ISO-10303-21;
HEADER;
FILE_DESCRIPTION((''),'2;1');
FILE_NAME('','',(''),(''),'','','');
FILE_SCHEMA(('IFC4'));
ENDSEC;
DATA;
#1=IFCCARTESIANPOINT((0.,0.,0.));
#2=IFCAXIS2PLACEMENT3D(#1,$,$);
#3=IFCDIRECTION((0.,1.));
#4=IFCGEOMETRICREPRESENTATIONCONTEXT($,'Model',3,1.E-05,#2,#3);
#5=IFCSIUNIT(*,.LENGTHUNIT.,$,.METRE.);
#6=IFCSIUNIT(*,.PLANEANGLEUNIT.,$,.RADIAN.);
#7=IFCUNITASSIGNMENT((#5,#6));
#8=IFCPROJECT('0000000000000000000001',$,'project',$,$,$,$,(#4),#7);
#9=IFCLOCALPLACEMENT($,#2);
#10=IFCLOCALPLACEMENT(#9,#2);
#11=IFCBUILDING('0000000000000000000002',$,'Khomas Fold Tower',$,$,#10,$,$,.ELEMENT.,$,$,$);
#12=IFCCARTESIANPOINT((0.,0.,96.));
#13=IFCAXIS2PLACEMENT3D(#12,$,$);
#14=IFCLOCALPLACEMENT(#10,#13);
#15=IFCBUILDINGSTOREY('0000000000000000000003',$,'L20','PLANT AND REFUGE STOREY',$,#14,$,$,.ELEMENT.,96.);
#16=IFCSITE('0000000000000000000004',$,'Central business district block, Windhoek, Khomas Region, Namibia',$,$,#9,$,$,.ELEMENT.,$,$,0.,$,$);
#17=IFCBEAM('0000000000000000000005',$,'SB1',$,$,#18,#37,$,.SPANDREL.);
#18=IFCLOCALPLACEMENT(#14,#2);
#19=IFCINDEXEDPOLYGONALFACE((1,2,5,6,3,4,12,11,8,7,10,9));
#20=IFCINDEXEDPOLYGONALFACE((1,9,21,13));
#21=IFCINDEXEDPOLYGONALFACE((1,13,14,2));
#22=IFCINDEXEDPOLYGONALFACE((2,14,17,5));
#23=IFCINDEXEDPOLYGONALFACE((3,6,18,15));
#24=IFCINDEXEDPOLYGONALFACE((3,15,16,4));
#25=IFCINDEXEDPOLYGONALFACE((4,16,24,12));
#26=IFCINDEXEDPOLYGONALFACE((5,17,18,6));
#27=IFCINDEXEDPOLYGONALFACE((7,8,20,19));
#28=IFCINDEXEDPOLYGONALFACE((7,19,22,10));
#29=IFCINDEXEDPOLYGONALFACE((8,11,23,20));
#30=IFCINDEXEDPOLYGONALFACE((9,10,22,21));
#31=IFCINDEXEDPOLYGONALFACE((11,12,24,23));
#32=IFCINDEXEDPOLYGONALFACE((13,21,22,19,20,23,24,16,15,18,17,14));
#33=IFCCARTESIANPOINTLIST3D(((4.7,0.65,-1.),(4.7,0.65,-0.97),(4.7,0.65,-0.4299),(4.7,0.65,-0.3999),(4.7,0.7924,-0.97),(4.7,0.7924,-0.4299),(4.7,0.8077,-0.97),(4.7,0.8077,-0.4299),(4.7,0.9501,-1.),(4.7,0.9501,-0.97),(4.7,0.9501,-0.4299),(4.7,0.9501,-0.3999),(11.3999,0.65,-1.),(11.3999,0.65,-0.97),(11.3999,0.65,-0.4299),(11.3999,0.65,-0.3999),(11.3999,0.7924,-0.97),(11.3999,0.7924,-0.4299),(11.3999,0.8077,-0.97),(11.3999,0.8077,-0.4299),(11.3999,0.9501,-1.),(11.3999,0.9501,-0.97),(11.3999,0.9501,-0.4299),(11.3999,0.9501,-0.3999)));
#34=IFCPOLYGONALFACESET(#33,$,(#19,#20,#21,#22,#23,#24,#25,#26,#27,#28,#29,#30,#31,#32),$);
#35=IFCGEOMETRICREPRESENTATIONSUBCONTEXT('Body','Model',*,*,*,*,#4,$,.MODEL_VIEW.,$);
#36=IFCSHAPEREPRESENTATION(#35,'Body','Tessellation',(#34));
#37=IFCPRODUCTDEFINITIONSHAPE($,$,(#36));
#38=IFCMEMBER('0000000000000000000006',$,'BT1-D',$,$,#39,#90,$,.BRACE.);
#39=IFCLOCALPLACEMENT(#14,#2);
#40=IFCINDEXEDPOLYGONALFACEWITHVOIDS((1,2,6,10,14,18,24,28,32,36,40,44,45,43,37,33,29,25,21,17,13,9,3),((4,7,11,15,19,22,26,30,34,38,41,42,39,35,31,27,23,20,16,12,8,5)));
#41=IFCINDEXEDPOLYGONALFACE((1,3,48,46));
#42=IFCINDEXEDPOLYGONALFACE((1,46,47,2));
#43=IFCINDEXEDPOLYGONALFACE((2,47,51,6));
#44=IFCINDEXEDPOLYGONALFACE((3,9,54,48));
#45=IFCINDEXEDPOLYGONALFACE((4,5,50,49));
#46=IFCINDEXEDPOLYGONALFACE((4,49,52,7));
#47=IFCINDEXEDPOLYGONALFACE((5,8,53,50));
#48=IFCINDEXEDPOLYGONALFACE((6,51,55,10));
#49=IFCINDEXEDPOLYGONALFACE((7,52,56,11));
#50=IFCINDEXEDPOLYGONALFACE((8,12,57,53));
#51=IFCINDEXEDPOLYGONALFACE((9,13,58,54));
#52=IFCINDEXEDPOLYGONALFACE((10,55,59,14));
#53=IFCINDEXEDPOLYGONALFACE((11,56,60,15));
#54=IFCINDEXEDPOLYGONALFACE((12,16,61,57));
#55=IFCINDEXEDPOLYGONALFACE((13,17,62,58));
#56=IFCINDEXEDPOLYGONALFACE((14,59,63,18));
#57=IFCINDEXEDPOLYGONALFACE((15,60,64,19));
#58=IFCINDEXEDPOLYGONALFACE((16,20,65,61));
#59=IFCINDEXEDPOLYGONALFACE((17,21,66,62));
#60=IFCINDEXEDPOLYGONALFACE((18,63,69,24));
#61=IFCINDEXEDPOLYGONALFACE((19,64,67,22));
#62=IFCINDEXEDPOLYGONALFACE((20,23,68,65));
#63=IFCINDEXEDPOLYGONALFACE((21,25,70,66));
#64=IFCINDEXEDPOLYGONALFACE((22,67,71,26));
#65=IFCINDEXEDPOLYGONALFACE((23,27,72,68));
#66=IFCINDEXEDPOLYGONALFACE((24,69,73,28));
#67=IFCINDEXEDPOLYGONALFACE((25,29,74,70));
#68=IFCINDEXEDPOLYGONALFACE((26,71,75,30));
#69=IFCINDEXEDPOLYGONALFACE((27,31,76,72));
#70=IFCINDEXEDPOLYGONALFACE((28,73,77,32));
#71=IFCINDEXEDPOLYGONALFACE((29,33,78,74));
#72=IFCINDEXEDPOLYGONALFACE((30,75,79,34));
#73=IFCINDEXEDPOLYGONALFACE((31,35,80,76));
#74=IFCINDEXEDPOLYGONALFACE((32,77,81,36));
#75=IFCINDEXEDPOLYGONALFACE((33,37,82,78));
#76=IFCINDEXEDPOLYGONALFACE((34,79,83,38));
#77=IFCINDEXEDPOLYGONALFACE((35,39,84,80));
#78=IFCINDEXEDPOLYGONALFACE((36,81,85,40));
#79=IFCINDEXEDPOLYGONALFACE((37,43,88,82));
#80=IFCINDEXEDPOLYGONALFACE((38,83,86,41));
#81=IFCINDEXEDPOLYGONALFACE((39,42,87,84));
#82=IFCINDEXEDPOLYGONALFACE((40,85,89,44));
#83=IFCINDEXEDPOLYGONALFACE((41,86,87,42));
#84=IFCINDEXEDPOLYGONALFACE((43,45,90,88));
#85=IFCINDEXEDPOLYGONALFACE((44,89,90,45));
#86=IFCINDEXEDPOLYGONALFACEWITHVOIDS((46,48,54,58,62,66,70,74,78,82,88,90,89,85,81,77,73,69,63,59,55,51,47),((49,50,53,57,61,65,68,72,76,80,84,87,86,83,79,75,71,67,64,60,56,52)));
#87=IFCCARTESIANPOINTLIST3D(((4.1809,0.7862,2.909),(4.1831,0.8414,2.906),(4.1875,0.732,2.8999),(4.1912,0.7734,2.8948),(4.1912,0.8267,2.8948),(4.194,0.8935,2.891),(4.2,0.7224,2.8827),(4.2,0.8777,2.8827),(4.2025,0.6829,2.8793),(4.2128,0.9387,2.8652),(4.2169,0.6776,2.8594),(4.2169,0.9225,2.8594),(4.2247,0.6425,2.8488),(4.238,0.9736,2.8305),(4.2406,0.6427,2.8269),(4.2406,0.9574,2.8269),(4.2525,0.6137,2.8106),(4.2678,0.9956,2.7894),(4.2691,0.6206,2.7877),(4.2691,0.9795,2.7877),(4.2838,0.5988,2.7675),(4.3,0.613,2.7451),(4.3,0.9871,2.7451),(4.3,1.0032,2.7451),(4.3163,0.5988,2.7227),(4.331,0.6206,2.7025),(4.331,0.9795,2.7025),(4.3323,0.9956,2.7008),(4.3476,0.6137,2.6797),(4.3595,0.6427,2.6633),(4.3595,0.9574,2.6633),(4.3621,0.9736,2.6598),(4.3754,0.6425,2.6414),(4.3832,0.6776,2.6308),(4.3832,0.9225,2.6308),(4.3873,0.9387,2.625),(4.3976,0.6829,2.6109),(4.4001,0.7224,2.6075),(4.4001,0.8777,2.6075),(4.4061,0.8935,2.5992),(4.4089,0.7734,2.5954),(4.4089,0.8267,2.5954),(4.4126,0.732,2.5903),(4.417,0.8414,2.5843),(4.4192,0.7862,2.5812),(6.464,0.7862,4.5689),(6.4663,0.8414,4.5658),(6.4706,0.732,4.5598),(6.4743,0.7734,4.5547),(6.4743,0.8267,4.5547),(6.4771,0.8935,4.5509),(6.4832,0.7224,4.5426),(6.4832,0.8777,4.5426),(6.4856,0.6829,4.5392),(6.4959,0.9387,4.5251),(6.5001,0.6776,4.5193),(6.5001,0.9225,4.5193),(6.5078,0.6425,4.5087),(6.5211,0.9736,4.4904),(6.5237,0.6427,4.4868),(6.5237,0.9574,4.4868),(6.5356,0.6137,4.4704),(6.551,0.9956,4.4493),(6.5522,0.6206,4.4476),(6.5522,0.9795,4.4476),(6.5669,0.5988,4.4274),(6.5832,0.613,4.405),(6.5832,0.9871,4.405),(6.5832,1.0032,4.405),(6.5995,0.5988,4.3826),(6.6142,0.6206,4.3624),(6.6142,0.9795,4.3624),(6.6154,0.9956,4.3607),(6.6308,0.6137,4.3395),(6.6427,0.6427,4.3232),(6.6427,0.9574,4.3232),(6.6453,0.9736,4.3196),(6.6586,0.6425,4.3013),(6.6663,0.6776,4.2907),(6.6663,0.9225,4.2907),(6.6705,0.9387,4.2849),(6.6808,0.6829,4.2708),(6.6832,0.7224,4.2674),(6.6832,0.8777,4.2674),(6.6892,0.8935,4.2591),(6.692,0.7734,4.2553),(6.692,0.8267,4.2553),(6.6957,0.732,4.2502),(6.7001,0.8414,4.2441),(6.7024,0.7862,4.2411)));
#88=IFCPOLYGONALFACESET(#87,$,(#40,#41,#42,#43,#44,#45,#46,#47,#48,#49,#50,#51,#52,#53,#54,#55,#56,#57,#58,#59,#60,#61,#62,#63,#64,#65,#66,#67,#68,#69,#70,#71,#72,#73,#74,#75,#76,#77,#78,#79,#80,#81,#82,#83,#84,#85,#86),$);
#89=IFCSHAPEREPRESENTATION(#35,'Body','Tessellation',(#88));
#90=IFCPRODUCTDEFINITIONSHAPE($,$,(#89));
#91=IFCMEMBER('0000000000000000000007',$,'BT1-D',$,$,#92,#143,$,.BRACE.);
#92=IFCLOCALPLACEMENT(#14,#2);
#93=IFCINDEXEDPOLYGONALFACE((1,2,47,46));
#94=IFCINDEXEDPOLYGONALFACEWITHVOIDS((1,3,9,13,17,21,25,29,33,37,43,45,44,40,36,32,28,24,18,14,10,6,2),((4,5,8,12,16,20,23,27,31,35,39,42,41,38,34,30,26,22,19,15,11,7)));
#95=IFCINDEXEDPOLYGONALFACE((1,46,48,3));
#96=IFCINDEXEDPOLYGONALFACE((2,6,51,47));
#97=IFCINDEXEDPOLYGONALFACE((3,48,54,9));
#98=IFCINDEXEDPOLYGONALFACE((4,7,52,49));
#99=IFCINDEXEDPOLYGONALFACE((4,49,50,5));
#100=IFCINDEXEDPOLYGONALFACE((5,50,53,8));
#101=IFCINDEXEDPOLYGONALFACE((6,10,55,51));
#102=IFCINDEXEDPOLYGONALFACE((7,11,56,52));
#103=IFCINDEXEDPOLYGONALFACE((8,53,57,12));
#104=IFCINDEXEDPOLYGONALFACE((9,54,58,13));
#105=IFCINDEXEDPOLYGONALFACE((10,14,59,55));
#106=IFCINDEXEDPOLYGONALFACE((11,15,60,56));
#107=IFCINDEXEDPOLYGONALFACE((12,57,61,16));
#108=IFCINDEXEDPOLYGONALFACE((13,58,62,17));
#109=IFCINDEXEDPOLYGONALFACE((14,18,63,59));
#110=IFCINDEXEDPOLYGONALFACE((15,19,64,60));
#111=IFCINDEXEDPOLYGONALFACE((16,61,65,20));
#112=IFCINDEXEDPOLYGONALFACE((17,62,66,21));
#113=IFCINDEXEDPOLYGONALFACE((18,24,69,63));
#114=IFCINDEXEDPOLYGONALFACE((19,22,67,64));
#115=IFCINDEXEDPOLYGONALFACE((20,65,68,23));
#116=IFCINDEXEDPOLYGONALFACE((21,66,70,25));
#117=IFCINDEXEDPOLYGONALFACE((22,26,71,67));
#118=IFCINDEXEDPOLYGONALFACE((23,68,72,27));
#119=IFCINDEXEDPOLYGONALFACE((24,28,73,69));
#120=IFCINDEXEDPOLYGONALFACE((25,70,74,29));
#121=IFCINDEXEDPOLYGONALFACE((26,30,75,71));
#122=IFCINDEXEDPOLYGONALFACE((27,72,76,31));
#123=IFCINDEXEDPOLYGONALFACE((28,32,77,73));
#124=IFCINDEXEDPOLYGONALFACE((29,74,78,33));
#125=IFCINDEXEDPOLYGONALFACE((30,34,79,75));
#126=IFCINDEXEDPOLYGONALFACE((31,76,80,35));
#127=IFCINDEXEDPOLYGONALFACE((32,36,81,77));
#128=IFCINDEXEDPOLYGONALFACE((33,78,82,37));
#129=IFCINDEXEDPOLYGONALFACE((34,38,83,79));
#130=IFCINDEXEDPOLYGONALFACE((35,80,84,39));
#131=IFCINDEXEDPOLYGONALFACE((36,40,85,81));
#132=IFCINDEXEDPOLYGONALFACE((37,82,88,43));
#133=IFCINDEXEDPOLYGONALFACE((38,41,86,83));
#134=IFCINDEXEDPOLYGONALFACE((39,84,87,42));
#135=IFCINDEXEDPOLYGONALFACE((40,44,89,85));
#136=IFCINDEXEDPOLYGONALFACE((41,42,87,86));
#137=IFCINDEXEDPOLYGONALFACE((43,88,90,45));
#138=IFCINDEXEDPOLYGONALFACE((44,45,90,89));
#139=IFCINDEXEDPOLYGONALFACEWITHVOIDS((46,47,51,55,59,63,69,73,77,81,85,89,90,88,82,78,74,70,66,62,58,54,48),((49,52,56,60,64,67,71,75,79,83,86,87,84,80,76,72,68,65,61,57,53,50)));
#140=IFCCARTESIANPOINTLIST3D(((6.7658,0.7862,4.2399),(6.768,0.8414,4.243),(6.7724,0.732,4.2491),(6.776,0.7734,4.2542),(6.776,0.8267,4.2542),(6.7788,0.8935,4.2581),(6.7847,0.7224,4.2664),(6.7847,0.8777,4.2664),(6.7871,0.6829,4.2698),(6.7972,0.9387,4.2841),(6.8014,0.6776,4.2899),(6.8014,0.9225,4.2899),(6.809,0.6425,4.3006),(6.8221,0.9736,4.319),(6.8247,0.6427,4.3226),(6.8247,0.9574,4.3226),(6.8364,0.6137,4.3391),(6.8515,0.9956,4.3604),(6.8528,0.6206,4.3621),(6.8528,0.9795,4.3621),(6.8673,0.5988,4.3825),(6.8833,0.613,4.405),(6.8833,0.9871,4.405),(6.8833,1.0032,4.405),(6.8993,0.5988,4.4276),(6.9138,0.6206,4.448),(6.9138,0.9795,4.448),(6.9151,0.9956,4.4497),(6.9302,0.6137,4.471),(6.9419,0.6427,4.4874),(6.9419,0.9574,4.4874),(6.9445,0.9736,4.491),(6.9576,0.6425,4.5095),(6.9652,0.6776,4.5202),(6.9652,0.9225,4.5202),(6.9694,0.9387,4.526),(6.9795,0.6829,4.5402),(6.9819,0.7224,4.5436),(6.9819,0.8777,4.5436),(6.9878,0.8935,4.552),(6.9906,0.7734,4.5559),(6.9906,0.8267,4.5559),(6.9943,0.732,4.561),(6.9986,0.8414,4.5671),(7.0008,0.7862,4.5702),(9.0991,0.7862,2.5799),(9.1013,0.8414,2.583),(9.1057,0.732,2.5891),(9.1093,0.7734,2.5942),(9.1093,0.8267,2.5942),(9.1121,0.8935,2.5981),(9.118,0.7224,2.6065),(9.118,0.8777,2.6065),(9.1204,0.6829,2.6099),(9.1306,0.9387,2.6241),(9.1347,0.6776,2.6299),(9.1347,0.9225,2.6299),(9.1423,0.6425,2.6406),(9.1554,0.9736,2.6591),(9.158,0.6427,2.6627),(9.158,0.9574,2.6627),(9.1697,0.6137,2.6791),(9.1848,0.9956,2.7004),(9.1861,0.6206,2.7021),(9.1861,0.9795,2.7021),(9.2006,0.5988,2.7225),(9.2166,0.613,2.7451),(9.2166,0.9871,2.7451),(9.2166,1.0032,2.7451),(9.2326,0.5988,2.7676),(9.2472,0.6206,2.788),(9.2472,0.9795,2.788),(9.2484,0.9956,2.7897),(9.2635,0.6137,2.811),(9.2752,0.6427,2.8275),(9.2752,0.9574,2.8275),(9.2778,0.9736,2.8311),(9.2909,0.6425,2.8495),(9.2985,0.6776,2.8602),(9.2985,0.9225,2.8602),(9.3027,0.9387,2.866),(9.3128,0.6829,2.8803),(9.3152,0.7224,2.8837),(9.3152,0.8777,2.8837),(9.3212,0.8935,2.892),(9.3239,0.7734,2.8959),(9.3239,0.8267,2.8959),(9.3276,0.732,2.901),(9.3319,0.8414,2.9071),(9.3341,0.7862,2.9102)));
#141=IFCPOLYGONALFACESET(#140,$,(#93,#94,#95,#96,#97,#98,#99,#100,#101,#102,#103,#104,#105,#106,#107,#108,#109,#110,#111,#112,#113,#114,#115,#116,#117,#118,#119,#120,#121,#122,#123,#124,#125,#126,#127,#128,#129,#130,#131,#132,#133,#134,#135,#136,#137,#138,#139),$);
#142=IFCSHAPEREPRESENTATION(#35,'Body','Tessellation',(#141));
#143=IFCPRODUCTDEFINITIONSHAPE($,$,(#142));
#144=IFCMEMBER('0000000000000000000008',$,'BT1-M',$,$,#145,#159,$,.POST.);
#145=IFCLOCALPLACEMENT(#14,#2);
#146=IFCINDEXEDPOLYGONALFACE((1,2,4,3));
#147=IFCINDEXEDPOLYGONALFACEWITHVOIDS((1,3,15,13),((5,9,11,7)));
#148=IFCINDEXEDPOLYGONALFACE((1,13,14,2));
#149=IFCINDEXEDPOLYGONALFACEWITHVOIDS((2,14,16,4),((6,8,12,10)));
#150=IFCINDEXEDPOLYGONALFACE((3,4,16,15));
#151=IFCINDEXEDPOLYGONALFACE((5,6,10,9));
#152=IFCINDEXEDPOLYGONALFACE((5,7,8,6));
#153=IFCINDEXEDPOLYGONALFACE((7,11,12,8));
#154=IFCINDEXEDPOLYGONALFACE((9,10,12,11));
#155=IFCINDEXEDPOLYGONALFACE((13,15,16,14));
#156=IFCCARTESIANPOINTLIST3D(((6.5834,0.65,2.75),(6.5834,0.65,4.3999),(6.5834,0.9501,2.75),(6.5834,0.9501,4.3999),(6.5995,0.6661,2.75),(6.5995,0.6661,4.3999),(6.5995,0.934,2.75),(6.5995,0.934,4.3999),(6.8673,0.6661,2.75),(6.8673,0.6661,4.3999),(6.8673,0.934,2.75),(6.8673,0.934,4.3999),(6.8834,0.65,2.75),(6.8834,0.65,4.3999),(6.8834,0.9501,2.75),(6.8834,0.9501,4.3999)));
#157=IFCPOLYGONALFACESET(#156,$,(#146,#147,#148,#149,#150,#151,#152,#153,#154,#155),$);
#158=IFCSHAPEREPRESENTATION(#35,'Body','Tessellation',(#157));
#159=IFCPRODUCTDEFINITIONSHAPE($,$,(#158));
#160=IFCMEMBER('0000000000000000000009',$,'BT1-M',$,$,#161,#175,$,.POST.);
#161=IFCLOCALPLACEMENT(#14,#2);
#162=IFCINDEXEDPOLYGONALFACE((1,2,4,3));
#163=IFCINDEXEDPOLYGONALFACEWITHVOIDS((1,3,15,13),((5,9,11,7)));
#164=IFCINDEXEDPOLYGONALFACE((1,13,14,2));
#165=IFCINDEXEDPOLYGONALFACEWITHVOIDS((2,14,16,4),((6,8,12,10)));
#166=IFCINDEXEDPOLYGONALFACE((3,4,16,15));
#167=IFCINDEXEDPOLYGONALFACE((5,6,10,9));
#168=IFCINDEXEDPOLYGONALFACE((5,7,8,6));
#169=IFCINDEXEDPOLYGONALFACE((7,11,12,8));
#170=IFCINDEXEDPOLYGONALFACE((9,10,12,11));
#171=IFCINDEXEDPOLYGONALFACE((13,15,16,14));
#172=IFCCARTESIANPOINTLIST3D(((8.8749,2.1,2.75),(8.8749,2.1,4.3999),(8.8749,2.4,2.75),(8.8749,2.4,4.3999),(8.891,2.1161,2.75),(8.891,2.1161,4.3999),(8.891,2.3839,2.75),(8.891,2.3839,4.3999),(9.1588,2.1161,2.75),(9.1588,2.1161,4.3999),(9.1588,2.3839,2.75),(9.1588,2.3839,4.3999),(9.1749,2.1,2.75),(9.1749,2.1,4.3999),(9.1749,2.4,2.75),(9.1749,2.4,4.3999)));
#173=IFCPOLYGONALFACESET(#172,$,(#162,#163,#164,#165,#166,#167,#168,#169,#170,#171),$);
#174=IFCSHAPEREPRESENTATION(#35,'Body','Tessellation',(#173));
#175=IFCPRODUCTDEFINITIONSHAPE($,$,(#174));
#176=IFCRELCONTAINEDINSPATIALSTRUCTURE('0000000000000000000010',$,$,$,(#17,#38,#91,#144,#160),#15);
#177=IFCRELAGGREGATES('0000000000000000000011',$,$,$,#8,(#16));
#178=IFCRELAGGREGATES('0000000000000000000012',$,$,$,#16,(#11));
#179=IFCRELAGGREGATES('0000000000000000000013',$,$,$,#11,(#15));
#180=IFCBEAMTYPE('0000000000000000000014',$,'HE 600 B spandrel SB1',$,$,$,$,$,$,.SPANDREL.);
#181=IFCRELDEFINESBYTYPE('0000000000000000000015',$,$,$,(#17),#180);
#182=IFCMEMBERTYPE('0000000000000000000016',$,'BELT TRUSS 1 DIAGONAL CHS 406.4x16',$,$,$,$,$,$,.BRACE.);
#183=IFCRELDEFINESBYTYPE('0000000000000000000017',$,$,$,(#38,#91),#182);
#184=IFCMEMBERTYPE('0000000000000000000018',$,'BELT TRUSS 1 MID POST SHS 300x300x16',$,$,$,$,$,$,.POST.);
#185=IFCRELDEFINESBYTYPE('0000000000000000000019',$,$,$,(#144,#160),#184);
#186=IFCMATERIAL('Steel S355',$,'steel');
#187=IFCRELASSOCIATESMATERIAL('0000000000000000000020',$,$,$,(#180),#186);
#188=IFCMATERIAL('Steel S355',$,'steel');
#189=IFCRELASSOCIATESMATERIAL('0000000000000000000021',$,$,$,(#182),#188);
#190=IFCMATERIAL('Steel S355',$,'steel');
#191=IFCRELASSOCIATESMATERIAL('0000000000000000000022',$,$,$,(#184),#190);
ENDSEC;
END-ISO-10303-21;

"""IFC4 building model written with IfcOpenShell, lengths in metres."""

from ifc_helpers import new_model, si_unit, direction, frame, origin, origin_2d, place, context, subcontext, project, spatial, hollow_rectangle, hollow_circle, i_section, extrude, source, transform, mapped, material, material_profile, profile_set, type_object, element, save


model = new_model("IFC4")

# Units and contexts
model_context = context("Model", 3, precision=1e-05, world=origin(), true_north=direction((0.0, 1.0)))
body_context = subcontext(model_context, "Body", "Model", "MODEL_VIEW")
ifc_project = project(units=[si_unit("LENGTHUNIT", "METRE"), si_unit("PLANEANGLEUNIT", "RADIAN")], contexts=[model_context])

# Site, building, storey
site_placement = place(None, origin())
site = spatial("IfcSite", under=ifc_project, at=site_placement, Name="Central business district block, Windhoek, Khomas Region, Namibia", CompositionType="ELEMENT", RefElevation=0.0)
building_placement = place(site_placement, origin())
building = spatial("IfcBuilding", under=site, at=building_placement, Name="Khomas Fold Tower", CompositionType="ELEMENT")
storey_placement = place(building_placement, frame((0.0, 0.0, 96.0)))
storey = spatial("IfcBuildingStorey", under=building, at=storey_placement, Name="L20", Description="PLANT AND REFUGE STOREY", CompositionType="ELEMENT", Elevation=96.0)

# Beam
ifc_material_1 = material(Name="Steel S355", Category="steel")
ifc_material_profile_1 = material_profile(ifc_material_1, i_section(OverallWidth=0.3, OverallDepth=0.6001, WebThickness=0.0154, FlangeThickness=0.03, at=origin_2d()), Name="HE 600 B")
ifc_profile_set_1 = profile_set([ifc_material_profile_1], Name="Steel S355")
beam_type_1 = type_object("IfcBeamType", Name="HE 600 B spandrel SB1", PredefinedType="SPANDREL", material=ifc_profile_set_1)
shared_shape_1 = source(origin(), body_context, "Body", "SweptSolid", [
    extrude(i_section(OverallWidth=0.3, OverallDepth=0.6001, WebThickness=0.0154, FlangeThickness=0.03, at=origin_2d()), origin(), (0.0, 0.0, 1.0), 6.7),
])
beam_1_placement = place(storey_placement, frame((4.7, 0.8, -0.7), z_axis=(1.0, 0.0, 0.0), x_axis=(0.0, 1.0, 0.0)))
element("IfcBeam", 1, at=beam_1_placement, inside=storey, type_object=beam_type_1, Name="SB1", PredefinedType="SPANDREL", context=body_context, shape_type="MappedRepresentation", body=[
    mapped(shared_shape_1, transform((0.0, 0.0, 0.0))),
])

# Members
ifc_material_2 = material(Name="Steel S355", Category="steel")
ifc_material_profile_2 = material_profile(ifc_material_2, hollow_circle(Radius=0.2031, WallThickness=0.0161, at=origin_2d()), Name="CHS 406.4x16")
ifc_profile_set_2 = profile_set([ifc_material_profile_2], Name="Steel S355")
member_type_1 = type_object("IfcMemberType", Name="BELT TRUSS 1 DIAGONAL CHS 406.4x16", PredefinedType="BRACE", material=ifc_profile_set_2)
shared_shape_2 = source(origin(), body_context, "Body", "SweptSolid", [
    extrude(hollow_circle(Radius=0.2031, WallThickness=0.0161, at=origin_2d()), origin(), (0.0, 0.0, 1.0), 2.8228),
])
member_1_placement = place(storey_placement, frame((4.3, 0.8, 2.7451), z_axis=(0.808837, 0.0, 0.588033), x_axis=(0.0, 1.0, 0.0)))
element("IfcMember", 2, at=member_1_placement, inside=storey, type_object=member_type_1, Name="BT1-D", PredefinedType="BRACE", context=body_context, shape_type="MappedRepresentation", body=[
    mapped(shared_shape_2, transform((0.0, 0.0, 0.0))),
])
shared_shape_3 = source(origin(), body_context, "Body", "SweptSolid", [
    extrude(hollow_circle(Radius=0.2031, WallThickness=0.0161, at=origin_2d()), origin(), (0.0, 0.0, 1.0), 2.8635),
])
member_2_placement = place(storey_placement, frame((6.8833, 0.8, 4.405), z_axis=(0.814838, 0.0, -0.579689), x_axis=(0.0, 1.0, 0.0)))
element("IfcMember", 3, at=member_2_placement, inside=storey, type_object=member_type_1, Name="BT1-D", PredefinedType="BRACE", context=body_context, shape_type="MappedRepresentation", body=[
    mapped(shared_shape_3, transform((0.0, 0.0, 0.0))),
])
ifc_material_3 = material(Name="Steel S355", Category="steel")
ifc_material_profile_3 = material_profile(ifc_material_3, hollow_rectangle(XDim=0.3, YDim=0.3, WallThickness=0.0161, at=origin_2d()), Name="SHS 300x300x16")
ifc_profile_set_3 = profile_set([ifc_material_profile_3], Name="Steel S355")
member_type_2 = type_object("IfcMemberType", Name="BELT TRUSS 1 MID POST SHS 300x300x16", PredefinedType="POST", material=ifc_profile_set_3)
shared_shape_4 = source(origin(), body_context, "Body", "SweptSolid", [
    extrude(hollow_rectangle(XDim=0.3, YDim=0.3, WallThickness=0.0161, at=origin_2d()), origin(), (0.0, 0.0, 1.0), 1.6499),
])
for number, where, z_axis, x_axis, name in (
    (4, (6.7334, 0.8, 2.75), (0.0, 0.0, 1.0), (1.0, 0.0, 0.0), "BT1-M"),
    (5, (9.0249, 2.25, 2.75), (0.0, 0.0, 1.0), (1.0, 0.0, 0.0), "BT1-M"),
):
    element("IfcMember", number, at=place(storey_placement, frame(where, z_axis=z_axis, x_axis=x_axis)), inside=storey, type_object=member_type_2, Name=name, PredefinedType="POST", context=body_context, shape_type="MappedRepresentation", body=[
        mapped(shared_shape_4, transform((0.0, 0.0, 0.0))),
    ])

save(model, "model.ifc")
